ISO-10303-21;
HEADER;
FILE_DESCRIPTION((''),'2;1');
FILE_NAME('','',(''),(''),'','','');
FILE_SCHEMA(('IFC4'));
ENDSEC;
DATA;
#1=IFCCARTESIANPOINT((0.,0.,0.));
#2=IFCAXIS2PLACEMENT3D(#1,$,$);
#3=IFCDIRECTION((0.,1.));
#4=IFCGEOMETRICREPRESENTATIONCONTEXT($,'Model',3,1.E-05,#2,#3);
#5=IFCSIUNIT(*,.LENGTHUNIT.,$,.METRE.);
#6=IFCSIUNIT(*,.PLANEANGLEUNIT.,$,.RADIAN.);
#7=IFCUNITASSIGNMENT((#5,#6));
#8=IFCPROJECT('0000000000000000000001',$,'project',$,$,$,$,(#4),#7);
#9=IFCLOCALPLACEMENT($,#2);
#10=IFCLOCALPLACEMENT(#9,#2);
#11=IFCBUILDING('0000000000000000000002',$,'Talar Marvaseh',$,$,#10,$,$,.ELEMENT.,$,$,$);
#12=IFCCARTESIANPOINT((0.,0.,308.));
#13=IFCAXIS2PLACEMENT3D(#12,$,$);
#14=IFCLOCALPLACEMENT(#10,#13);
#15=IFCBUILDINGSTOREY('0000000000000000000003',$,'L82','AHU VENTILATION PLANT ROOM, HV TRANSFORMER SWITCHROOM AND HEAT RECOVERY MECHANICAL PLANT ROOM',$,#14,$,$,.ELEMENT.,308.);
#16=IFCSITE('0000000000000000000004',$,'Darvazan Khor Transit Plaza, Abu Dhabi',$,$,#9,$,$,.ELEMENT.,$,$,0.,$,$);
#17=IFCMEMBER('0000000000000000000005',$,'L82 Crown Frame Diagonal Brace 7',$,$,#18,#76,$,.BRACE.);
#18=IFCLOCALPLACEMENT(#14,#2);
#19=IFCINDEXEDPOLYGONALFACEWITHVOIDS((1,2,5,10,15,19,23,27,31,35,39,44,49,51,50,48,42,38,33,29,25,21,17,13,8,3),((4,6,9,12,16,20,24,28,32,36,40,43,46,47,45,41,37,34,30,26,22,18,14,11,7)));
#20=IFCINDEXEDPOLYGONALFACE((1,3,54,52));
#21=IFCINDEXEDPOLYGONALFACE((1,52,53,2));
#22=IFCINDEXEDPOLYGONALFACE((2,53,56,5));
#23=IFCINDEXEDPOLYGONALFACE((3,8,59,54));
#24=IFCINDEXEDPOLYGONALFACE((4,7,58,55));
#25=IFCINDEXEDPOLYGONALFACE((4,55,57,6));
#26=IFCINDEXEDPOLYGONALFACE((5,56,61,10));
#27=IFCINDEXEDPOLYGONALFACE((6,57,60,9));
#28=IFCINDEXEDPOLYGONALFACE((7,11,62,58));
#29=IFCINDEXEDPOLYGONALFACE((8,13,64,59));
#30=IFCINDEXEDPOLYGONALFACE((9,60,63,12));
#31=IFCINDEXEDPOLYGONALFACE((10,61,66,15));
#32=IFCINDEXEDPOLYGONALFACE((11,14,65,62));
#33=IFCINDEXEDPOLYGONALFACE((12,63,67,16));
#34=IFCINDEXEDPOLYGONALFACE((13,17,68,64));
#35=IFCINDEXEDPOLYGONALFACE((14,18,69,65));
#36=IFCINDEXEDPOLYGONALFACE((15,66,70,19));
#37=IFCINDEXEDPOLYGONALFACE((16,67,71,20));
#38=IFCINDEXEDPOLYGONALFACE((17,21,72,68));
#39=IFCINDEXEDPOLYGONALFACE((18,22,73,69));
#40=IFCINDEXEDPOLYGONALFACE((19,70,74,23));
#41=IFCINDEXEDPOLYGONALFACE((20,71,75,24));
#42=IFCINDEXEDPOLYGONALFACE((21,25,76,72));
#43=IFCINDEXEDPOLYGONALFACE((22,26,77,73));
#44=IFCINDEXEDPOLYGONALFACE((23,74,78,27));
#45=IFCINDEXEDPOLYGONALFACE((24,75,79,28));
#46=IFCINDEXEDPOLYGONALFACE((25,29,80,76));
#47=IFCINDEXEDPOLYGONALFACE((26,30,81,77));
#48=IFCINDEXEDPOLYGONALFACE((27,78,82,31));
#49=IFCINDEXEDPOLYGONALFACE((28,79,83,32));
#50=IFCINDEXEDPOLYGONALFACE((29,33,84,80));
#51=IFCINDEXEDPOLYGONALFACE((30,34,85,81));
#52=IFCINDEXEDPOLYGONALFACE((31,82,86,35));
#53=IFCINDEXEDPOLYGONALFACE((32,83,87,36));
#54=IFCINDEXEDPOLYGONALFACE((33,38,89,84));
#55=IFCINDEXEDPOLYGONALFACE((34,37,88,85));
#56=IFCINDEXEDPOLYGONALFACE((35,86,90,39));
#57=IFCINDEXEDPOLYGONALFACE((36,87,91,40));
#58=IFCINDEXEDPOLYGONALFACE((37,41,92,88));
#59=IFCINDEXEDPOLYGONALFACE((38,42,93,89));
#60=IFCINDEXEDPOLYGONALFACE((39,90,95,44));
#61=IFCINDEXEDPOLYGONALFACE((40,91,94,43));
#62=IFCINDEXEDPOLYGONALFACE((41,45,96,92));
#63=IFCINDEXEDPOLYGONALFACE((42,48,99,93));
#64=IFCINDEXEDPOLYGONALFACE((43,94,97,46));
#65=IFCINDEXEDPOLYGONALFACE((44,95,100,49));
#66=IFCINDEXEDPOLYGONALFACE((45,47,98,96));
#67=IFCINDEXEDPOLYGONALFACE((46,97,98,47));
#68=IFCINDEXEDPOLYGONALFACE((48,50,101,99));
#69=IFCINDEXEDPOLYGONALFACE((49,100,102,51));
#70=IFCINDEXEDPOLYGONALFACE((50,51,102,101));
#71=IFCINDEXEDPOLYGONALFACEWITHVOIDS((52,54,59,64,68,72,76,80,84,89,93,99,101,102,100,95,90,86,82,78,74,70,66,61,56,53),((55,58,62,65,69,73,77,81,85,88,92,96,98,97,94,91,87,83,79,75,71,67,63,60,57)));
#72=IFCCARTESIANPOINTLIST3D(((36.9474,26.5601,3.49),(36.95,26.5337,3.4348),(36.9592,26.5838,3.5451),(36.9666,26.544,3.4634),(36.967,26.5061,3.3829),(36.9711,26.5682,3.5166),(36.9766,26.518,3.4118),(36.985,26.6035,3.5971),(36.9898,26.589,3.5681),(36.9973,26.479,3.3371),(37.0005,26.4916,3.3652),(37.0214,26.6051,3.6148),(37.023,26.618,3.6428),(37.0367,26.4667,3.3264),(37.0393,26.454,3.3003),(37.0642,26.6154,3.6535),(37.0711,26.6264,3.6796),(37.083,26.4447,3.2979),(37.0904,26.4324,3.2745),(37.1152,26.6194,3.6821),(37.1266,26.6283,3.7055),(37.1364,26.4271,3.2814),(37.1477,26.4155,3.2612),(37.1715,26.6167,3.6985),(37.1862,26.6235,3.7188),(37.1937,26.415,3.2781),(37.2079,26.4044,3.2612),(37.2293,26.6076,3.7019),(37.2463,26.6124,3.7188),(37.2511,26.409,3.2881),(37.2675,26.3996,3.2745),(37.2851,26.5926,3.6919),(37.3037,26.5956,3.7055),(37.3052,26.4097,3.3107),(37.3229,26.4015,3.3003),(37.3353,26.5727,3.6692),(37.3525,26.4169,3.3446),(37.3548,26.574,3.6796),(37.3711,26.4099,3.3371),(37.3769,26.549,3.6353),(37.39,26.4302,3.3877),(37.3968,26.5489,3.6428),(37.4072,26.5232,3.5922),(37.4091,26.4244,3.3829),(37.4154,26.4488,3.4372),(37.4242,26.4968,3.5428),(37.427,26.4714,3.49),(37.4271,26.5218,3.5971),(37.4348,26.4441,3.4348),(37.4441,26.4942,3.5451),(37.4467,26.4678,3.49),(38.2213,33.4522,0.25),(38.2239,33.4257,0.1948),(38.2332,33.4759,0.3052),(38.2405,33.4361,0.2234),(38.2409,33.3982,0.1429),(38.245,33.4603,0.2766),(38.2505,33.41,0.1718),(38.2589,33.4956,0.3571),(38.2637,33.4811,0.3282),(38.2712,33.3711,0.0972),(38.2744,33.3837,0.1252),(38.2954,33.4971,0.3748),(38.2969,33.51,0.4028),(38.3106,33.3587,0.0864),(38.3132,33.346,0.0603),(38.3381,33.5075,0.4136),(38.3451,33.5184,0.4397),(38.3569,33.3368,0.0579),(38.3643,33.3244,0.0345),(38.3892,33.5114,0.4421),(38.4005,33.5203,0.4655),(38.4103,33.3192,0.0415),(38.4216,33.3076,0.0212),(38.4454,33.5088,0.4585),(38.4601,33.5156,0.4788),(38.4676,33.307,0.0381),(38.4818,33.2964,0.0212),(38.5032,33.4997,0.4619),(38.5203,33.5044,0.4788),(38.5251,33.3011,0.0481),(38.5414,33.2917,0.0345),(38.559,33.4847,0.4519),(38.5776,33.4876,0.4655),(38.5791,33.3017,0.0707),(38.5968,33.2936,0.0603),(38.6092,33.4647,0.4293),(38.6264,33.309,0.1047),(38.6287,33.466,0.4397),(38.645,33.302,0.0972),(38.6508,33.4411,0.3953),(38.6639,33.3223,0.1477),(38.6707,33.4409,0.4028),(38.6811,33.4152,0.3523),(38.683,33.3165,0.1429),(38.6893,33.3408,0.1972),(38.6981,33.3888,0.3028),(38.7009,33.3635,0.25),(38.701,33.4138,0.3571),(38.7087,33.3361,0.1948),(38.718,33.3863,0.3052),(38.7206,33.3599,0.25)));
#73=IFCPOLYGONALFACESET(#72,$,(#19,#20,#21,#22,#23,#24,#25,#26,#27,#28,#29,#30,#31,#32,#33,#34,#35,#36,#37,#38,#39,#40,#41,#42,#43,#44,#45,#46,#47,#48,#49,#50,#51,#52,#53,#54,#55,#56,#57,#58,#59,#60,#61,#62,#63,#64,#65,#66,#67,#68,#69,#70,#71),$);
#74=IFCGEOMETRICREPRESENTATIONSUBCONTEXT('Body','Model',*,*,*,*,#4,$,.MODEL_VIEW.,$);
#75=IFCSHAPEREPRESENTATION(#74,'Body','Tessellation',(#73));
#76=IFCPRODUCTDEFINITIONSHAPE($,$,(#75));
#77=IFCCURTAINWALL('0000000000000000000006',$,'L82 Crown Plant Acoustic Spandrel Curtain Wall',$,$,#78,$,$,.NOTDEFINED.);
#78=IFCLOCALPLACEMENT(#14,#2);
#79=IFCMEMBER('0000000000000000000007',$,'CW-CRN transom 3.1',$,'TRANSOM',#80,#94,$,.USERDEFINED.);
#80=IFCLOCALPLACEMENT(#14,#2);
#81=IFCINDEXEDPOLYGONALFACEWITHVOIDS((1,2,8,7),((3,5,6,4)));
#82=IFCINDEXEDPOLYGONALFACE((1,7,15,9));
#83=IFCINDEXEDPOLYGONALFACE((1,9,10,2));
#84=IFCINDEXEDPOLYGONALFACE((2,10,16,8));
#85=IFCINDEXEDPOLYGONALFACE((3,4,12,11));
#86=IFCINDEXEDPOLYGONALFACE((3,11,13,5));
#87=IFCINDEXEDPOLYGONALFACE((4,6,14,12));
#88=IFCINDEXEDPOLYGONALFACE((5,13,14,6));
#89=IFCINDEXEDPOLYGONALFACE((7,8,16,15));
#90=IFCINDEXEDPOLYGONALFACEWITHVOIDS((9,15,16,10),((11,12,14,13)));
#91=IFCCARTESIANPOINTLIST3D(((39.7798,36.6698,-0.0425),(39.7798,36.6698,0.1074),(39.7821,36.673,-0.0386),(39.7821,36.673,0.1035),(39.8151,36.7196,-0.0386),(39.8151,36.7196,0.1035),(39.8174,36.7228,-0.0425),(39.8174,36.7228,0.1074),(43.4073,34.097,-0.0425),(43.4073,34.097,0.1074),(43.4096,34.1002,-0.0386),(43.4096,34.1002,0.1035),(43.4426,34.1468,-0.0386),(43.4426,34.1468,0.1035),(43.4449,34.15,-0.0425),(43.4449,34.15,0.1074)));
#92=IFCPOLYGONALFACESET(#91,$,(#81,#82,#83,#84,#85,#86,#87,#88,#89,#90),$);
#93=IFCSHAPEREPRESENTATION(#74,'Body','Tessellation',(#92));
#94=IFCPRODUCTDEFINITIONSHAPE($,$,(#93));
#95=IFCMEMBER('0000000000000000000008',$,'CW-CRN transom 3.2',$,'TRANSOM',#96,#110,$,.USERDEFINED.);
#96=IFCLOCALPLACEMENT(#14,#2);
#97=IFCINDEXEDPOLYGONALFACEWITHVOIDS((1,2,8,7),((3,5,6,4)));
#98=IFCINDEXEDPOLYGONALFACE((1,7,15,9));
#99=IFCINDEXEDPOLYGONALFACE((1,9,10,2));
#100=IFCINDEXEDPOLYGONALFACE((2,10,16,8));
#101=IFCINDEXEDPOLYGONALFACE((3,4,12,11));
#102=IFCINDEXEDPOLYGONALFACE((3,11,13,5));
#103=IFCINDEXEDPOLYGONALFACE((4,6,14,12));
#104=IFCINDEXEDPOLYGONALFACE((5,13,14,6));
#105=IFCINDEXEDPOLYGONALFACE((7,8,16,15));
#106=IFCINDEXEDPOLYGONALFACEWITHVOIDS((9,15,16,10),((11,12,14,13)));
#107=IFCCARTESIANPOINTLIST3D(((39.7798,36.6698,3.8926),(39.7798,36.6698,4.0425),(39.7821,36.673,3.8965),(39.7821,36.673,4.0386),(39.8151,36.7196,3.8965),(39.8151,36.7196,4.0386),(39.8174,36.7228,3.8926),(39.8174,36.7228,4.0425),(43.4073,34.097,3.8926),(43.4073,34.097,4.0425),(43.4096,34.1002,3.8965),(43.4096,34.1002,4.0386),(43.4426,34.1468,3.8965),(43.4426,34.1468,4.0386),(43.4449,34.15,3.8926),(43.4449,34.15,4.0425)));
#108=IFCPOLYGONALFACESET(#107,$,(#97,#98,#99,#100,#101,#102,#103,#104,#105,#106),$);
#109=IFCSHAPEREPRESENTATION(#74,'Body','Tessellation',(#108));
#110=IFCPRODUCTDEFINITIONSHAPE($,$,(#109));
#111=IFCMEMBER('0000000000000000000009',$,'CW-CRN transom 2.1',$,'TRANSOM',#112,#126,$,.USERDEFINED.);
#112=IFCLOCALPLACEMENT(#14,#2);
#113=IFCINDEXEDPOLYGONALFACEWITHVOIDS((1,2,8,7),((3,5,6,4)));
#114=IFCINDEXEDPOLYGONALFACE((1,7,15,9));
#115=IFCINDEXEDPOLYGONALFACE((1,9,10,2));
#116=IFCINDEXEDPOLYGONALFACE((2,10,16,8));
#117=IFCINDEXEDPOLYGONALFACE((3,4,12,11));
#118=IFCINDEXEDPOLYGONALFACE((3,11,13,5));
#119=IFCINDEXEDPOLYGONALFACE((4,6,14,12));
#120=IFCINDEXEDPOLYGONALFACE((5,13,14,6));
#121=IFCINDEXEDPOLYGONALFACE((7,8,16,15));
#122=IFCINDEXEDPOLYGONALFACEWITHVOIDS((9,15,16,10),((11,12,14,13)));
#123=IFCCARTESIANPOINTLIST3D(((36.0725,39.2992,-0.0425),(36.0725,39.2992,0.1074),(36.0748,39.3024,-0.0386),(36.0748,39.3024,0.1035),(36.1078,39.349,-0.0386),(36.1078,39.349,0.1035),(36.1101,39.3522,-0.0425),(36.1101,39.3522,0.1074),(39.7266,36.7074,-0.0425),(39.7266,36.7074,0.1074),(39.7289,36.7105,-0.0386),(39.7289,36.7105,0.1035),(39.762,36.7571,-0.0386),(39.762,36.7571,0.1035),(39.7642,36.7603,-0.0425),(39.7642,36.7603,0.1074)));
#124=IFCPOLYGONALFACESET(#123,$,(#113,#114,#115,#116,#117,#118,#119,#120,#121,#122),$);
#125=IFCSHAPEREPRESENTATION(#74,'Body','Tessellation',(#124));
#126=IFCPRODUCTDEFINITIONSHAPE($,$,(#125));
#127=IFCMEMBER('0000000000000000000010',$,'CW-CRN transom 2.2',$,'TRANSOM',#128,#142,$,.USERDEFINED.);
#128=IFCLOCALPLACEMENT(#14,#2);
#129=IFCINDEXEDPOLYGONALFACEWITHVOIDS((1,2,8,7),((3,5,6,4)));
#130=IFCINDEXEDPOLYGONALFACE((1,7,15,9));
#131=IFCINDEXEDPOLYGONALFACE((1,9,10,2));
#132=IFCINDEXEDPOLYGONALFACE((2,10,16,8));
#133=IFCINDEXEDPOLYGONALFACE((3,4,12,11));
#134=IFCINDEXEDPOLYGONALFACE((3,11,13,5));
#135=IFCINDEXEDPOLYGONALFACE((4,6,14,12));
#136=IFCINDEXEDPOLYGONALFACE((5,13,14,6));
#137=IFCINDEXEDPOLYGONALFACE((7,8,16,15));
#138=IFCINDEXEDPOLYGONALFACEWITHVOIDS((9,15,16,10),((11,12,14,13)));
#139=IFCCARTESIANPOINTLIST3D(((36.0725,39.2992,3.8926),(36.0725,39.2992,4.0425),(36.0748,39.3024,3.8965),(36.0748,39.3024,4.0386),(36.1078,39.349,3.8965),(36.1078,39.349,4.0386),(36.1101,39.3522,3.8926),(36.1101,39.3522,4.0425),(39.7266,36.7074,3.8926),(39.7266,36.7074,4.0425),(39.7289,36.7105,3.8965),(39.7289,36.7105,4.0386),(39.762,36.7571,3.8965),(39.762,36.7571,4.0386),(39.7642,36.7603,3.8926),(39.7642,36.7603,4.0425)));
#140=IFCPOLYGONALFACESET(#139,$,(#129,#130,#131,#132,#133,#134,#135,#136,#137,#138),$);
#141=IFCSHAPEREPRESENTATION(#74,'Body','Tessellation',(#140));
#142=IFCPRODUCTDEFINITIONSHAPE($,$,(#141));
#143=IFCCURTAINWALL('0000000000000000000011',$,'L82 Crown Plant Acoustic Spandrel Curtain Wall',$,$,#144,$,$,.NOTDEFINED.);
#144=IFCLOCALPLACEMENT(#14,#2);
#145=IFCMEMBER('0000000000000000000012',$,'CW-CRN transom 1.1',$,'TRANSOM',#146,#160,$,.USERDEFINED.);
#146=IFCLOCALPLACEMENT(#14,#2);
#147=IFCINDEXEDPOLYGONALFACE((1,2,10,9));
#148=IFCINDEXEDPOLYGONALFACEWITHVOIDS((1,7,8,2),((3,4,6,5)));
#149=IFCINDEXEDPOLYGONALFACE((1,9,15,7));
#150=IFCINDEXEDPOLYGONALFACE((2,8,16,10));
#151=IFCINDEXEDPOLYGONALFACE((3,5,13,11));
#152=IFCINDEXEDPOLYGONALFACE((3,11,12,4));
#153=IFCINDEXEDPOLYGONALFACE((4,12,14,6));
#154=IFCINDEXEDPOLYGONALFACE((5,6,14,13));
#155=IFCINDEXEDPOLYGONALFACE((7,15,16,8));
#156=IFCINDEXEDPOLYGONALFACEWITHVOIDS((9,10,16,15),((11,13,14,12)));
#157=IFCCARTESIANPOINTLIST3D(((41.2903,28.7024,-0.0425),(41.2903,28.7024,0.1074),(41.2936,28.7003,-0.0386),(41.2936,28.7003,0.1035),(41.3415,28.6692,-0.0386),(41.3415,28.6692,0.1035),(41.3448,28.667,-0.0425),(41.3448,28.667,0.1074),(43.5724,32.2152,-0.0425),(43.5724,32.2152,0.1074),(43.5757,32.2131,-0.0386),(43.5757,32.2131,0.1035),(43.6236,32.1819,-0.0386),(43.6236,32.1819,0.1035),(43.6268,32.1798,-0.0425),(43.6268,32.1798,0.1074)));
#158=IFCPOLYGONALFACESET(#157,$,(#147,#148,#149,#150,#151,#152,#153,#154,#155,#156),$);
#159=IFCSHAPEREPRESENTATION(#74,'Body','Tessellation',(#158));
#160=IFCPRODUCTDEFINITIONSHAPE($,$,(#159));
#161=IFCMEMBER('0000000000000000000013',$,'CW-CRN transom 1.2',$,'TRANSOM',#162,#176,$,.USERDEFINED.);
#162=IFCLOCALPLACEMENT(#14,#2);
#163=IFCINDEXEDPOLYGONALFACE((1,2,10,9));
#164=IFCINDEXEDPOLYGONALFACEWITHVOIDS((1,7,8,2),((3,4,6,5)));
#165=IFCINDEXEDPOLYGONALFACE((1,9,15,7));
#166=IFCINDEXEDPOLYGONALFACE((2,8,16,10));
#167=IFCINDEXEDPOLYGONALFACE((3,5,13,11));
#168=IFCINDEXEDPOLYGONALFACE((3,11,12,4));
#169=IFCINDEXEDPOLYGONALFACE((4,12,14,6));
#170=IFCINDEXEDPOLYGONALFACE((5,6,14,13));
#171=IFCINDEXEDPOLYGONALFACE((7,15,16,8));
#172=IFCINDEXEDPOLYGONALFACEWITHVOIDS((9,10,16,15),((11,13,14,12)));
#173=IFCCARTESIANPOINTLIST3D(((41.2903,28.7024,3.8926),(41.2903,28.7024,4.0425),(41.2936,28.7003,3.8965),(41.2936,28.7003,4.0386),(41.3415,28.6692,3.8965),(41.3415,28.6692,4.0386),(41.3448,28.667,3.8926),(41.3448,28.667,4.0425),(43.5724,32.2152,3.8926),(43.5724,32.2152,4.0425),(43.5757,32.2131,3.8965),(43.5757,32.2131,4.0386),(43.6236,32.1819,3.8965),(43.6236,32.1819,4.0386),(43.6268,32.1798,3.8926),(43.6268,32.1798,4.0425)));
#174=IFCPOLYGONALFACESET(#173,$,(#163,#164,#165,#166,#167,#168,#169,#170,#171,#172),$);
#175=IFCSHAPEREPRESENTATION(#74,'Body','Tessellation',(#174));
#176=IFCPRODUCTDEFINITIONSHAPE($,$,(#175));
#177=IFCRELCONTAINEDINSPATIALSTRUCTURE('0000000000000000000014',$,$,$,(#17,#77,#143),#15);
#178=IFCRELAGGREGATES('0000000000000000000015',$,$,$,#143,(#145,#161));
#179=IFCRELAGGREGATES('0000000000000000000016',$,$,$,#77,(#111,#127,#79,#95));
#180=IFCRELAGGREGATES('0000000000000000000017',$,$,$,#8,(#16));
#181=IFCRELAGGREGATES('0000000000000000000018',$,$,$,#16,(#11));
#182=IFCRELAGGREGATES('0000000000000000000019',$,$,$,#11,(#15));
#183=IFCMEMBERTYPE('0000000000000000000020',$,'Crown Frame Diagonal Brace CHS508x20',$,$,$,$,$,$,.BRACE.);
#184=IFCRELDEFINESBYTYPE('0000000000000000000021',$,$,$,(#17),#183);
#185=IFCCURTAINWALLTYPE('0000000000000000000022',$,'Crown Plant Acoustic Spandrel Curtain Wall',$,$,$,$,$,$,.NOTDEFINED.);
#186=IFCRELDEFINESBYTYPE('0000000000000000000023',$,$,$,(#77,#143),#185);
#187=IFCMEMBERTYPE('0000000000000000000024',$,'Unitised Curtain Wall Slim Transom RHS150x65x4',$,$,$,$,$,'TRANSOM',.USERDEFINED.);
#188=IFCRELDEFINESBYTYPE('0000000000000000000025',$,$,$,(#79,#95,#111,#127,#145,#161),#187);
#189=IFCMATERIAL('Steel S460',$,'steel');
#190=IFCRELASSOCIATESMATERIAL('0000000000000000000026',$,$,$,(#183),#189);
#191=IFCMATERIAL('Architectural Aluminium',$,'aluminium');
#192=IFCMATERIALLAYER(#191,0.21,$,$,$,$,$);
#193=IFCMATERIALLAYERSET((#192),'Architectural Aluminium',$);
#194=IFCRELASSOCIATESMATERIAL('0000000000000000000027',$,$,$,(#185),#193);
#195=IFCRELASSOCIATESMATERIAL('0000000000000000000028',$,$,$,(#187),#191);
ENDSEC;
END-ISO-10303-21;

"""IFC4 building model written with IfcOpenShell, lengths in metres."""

from ifc_helpers import new_model, si_unit, direction, frame, origin, origin_2d, place, context, subcontext, project, spatial, hollow_rectangle, hollow_circle, extrude, source, transform, mapped, material, layer, layer_set, material_profile, profile_set, type_object, type_shapes, element, aggregate, save


model = new_model("IFC4")

# Units and contexts
model_context = context("Model", 3, precision=1e-05, world=origin(), true_north=direction((0.0, 1.0)))
body_context = subcontext(model_context, "Body", "Model", "MODEL_VIEW")
ifc_project = project(units=[si_unit("LENGTHUNIT", "METRE"), si_unit("PLANEANGLEUNIT", "RADIAN")], contexts=[model_context])

# Site, building, storey
site_placement = place(None, origin())
site = spatial("IfcSite", under=ifc_project, at=site_placement, Name="Darvazan Khor Transit Plaza, Abu Dhabi", CompositionType="ELEMENT", RefElevation=0.0)
building_placement = place(site_placement, origin())
building = spatial("IfcBuilding", under=site, at=building_placement, Name="Talar Marvaseh", CompositionType="ELEMENT")
storey_placement = place(building_placement, frame((0.0, 0.0, 308.0)))
storey = spatial("IfcBuildingStorey", under=building, at=storey_placement, Name="L82", Description="AHU VENTILATION PLANT ROOM, HV TRANSFORMER SWITCHROOM AND HEAT RECOVERY MECHANICAL PLANT ROOM", CompositionType="ELEMENT", Elevation=308.0)

# Shared definitions
ifc_material_1 = material(Name="Steel S460", Category="steel")

# Member
ifc_material_profile_1 = material_profile(ifc_material_1, hollow_circle(Radius=0.2539, WallThickness=0.02, at=origin_2d()), Name="CHS508x20")
ifc_profile_set_1 = profile_set([ifc_material_profile_1], Name="Steel S460")
member_type_1 = type_object("IfcMemberType", Name="Crown Frame Diagonal Brace CHS508x20", PredefinedType="BRACE", material=ifc_profile_set_1)
shared_shape_1 = source(origin(), body_context, "Body", "SweptSolid", [
    extrude(hollow_circle(Radius=0.2539, WallThickness=0.02, at=origin_2d()), origin(), (0.0, 0.0, 1.0), 7.7214),
])
type_shapes(member_type_1, [shared_shape_1])
member_1_placement = place(storey_placement, frame((38.4709, 33.406, 0.25), z_axis=(-0.164985, -0.892586, 0.419607), x_axis=(0.983343, -0.18176, 0.0)))
element("IfcMember", 1, at=member_1_placement, inside=storey, type_object=member_type_1, Name="L82 Crown Frame Diagonal Brace 7", PredefinedType="BRACE", context=body_context, shape_type="MappedRepresentation", body=[
    mapped(shared_shape_1, transform((0.0, 0.0, 0.0), x_axis=(1.0, 0.0, 0.0), y_axis=(0.0, 1.0, 0.0), z_axis=(0.0, 0.0, 1.0), scale=1.0)),
])

# Curtain walls, members
ifc_material_2 = material(Name="Architectural Aluminium", Category="aluminium")
ifc_layer_1 = layer(ifc_material_2, 0.21)
ifc_layer_set_1 = layer_set([ifc_layer_1], Name="Architectural Aluminium")
curtain_wall_type = type_object("IfcCurtainWallType", Name="Crown Plant Acoustic Spandrel Curtain Wall", PredefinedType="NOTDEFINED", material=ifc_layer_set_1)
curtain_wall_1_placement = place(storey_placement, origin())
curtain_wall_1 = element("IfcCurtainWall", 2, at=curtain_wall_1_placement, inside=storey, type_object=curtain_wall_type, Name="L82 Crown Plant Acoustic Spandrel Curtain Wall", PredefinedType="NOTDEFINED")
ifc_material_profile_2 = material_profile(ifc_material_2, hollow_rectangle(XDim=0.0649, YDim=0.1499, WallThickness=0.0039, at=origin_2d()), Name="RHS150x65x4")
ifc_profile_set_2 = profile_set([ifc_material_profile_2], Name="Architectural Aluminium")
member_type_2 = type_object("IfcMemberType", Name="Unitised Curtain Wall Slim Transom RHS150x65x4", ElementType="TRANSOM", PredefinedType="USERDEFINED", material=ifc_profile_set_2)
shared_shape_2 = source(origin(), body_context, "Body", "SweptSolid", [
    extrude(hollow_rectangle(XDim=0.0649, YDim=0.1499, WallThickness=0.0039, at=origin_2d()), origin(), (0.0, 0.0, 1.0), 4.4473),
])
member_2_placement = place(storey_placement, frame((39.7986, 36.6963, 0.0325), z_axis=(0.815673, -0.578514, 0.0), x_axis=(0.578514, 0.815673, 0.0)))
member_2 = element("IfcMember", 3, at=member_2_placement, type_object=member_type_2, Name="CW-CRN transom 3.1", ObjectType="TRANSOM", PredefinedType="USERDEFINED", context=body_context, shape_type="MappedRepresentation", body=[
    mapped(shared_shape_2, transform((0.0, 0.0, 0.0), x_axis=(1.0, 0.0, 0.0), y_axis=(0.0, 1.0, 0.0), z_axis=(0.0, 0.0, 1.0), scale=1.0)),
])
member_3_placement = place(storey_placement, frame((39.7986, 36.6963, 3.9675), z_axis=(0.815673, -0.578514, 0.0), x_axis=(0.578514, 0.815673, 0.0)))
member_3 = element("IfcMember", 4, at=member_3_placement, type_object=member_type_2, Name="CW-CRN transom 3.2", ObjectType="TRANSOM", PredefinedType="USERDEFINED", context=body_context, shape_type="MappedRepresentation", body=[
    mapped(shared_shape_2, transform((0.0, 0.0, 0.0), x_axis=(1.0, 0.0, 0.0), y_axis=(0.0, 1.0, 0.0), z_axis=(0.0, 0.0, 1.0), scale=1.0)),
])
shared_shape_3 = source(origin(), body_context, "Body", "SweptSolid", [
    extrude(hollow_rectangle(XDim=0.0649, YDim=0.1499, WallThickness=0.0039, at=origin_2d()), origin(), (0.0, 0.0, 1.0), 4.48),
])
member_4_placement = place(storey_placement, frame((36.0913, 39.3257, 0.0325), z_axis=(0.815655, -0.578539, 0.0), x_axis=(0.578539, 0.815655, 0.0)))
member_4 = element("IfcMember", 5, at=member_4_placement, type_object=member_type_2, Name="CW-CRN transom 2.1", ObjectType="TRANSOM", PredefinedType="USERDEFINED", context=body_context, shape_type="MappedRepresentation", body=[
    mapped(shared_shape_3, transform((0.0, 0.0, 0.0), x_axis=(1.0, 0.0, 0.0), y_axis=(0.0, 1.0, 0.0), z_axis=(0.0, 0.0, 1.0), scale=1.0)),
])
member_5_placement = place(storey_placement, frame((36.0913, 39.3257, 3.9675), z_axis=(0.815655, -0.578539, 0.0), x_axis=(0.578539, 0.815655, 0.0)))
member_5 = element("IfcMember", 6, at=member_5_placement, type_object=member_type_2, Name="CW-CRN transom 2.2", ObjectType="TRANSOM", PredefinedType="USERDEFINED", context=body_context, shape_type="MappedRepresentation", body=[
    mapped(shared_shape_3, transform((0.0, 0.0, 0.0), x_axis=(1.0, 0.0, 0.0), y_axis=(0.0, 1.0, 0.0), z_axis=(0.0, 0.0, 1.0), scale=1.0)),
])
curtain_wall_2_placement = place(storey_placement, origin())
curtain_wall_2 = element("IfcCurtainWall", 7, at=curtain_wall_2_placement, inside=storey, type_object=curtain_wall_type, Name="L82 Crown Plant Acoustic Spandrel Curtain Wall", PredefinedType="NOTDEFINED")
shared_shape_4 = source(origin(), body_context, "Body", "SweptSolid", [
    extrude(hollow_rectangle(XDim=0.0649, YDim=0.1499, WallThickness=0.0039, at=origin_2d()), origin(), (0.0, 0.0, 1.0), 4.189),
])
type_shapes(member_type_2, [shared_shape_2, shared_shape_3, shared_shape_4])
member_6_placement = place(storey_placement, frame((43.5996, 32.1975, 0.0325), z_axis=(-0.544775, -0.838582, 0.0), x_axis=(0.838582, -0.544775, 0.0)))
member_6 = element("IfcMember", 8, at=member_6_placement, type_object=member_type_2, Name="CW-CRN transom 1.1", ObjectType="TRANSOM", PredefinedType="USERDEFINED", context=body_context, shape_type="MappedRepresentation", body=[
    mapped(shared_shape_4, transform((0.0, 0.0, 0.0), x_axis=(1.0, 0.0, 0.0), y_axis=(0.0, 1.0, 0.0), z_axis=(0.0, 0.0, 1.0), scale=1.0)),
])
member_7_placement = place(storey_placement, frame((43.5996, 32.1975, 3.9675), z_axis=(-0.544775, -0.838582, 0.0), x_axis=(0.838582, -0.544775, 0.0)))
member_7 = element("IfcMember", 9, at=member_7_placement, type_object=member_type_2, Name="CW-CRN transom 1.2", ObjectType="TRANSOM", PredefinedType="USERDEFINED", context=body_context, shape_type="MappedRepresentation", body=[
    mapped(shared_shape_4, transform((0.0, 0.0, 0.0), x_axis=(1.0, 0.0, 0.0), y_axis=(0.0, 1.0, 0.0), z_axis=(0.0, 0.0, 1.0), scale=1.0)),
])

aggregate(curtain_wall_2, [member_6, member_7])

aggregate(curtain_wall_1, [member_4, member_5, member_2, member_3])

save(model, "model.ifc")
